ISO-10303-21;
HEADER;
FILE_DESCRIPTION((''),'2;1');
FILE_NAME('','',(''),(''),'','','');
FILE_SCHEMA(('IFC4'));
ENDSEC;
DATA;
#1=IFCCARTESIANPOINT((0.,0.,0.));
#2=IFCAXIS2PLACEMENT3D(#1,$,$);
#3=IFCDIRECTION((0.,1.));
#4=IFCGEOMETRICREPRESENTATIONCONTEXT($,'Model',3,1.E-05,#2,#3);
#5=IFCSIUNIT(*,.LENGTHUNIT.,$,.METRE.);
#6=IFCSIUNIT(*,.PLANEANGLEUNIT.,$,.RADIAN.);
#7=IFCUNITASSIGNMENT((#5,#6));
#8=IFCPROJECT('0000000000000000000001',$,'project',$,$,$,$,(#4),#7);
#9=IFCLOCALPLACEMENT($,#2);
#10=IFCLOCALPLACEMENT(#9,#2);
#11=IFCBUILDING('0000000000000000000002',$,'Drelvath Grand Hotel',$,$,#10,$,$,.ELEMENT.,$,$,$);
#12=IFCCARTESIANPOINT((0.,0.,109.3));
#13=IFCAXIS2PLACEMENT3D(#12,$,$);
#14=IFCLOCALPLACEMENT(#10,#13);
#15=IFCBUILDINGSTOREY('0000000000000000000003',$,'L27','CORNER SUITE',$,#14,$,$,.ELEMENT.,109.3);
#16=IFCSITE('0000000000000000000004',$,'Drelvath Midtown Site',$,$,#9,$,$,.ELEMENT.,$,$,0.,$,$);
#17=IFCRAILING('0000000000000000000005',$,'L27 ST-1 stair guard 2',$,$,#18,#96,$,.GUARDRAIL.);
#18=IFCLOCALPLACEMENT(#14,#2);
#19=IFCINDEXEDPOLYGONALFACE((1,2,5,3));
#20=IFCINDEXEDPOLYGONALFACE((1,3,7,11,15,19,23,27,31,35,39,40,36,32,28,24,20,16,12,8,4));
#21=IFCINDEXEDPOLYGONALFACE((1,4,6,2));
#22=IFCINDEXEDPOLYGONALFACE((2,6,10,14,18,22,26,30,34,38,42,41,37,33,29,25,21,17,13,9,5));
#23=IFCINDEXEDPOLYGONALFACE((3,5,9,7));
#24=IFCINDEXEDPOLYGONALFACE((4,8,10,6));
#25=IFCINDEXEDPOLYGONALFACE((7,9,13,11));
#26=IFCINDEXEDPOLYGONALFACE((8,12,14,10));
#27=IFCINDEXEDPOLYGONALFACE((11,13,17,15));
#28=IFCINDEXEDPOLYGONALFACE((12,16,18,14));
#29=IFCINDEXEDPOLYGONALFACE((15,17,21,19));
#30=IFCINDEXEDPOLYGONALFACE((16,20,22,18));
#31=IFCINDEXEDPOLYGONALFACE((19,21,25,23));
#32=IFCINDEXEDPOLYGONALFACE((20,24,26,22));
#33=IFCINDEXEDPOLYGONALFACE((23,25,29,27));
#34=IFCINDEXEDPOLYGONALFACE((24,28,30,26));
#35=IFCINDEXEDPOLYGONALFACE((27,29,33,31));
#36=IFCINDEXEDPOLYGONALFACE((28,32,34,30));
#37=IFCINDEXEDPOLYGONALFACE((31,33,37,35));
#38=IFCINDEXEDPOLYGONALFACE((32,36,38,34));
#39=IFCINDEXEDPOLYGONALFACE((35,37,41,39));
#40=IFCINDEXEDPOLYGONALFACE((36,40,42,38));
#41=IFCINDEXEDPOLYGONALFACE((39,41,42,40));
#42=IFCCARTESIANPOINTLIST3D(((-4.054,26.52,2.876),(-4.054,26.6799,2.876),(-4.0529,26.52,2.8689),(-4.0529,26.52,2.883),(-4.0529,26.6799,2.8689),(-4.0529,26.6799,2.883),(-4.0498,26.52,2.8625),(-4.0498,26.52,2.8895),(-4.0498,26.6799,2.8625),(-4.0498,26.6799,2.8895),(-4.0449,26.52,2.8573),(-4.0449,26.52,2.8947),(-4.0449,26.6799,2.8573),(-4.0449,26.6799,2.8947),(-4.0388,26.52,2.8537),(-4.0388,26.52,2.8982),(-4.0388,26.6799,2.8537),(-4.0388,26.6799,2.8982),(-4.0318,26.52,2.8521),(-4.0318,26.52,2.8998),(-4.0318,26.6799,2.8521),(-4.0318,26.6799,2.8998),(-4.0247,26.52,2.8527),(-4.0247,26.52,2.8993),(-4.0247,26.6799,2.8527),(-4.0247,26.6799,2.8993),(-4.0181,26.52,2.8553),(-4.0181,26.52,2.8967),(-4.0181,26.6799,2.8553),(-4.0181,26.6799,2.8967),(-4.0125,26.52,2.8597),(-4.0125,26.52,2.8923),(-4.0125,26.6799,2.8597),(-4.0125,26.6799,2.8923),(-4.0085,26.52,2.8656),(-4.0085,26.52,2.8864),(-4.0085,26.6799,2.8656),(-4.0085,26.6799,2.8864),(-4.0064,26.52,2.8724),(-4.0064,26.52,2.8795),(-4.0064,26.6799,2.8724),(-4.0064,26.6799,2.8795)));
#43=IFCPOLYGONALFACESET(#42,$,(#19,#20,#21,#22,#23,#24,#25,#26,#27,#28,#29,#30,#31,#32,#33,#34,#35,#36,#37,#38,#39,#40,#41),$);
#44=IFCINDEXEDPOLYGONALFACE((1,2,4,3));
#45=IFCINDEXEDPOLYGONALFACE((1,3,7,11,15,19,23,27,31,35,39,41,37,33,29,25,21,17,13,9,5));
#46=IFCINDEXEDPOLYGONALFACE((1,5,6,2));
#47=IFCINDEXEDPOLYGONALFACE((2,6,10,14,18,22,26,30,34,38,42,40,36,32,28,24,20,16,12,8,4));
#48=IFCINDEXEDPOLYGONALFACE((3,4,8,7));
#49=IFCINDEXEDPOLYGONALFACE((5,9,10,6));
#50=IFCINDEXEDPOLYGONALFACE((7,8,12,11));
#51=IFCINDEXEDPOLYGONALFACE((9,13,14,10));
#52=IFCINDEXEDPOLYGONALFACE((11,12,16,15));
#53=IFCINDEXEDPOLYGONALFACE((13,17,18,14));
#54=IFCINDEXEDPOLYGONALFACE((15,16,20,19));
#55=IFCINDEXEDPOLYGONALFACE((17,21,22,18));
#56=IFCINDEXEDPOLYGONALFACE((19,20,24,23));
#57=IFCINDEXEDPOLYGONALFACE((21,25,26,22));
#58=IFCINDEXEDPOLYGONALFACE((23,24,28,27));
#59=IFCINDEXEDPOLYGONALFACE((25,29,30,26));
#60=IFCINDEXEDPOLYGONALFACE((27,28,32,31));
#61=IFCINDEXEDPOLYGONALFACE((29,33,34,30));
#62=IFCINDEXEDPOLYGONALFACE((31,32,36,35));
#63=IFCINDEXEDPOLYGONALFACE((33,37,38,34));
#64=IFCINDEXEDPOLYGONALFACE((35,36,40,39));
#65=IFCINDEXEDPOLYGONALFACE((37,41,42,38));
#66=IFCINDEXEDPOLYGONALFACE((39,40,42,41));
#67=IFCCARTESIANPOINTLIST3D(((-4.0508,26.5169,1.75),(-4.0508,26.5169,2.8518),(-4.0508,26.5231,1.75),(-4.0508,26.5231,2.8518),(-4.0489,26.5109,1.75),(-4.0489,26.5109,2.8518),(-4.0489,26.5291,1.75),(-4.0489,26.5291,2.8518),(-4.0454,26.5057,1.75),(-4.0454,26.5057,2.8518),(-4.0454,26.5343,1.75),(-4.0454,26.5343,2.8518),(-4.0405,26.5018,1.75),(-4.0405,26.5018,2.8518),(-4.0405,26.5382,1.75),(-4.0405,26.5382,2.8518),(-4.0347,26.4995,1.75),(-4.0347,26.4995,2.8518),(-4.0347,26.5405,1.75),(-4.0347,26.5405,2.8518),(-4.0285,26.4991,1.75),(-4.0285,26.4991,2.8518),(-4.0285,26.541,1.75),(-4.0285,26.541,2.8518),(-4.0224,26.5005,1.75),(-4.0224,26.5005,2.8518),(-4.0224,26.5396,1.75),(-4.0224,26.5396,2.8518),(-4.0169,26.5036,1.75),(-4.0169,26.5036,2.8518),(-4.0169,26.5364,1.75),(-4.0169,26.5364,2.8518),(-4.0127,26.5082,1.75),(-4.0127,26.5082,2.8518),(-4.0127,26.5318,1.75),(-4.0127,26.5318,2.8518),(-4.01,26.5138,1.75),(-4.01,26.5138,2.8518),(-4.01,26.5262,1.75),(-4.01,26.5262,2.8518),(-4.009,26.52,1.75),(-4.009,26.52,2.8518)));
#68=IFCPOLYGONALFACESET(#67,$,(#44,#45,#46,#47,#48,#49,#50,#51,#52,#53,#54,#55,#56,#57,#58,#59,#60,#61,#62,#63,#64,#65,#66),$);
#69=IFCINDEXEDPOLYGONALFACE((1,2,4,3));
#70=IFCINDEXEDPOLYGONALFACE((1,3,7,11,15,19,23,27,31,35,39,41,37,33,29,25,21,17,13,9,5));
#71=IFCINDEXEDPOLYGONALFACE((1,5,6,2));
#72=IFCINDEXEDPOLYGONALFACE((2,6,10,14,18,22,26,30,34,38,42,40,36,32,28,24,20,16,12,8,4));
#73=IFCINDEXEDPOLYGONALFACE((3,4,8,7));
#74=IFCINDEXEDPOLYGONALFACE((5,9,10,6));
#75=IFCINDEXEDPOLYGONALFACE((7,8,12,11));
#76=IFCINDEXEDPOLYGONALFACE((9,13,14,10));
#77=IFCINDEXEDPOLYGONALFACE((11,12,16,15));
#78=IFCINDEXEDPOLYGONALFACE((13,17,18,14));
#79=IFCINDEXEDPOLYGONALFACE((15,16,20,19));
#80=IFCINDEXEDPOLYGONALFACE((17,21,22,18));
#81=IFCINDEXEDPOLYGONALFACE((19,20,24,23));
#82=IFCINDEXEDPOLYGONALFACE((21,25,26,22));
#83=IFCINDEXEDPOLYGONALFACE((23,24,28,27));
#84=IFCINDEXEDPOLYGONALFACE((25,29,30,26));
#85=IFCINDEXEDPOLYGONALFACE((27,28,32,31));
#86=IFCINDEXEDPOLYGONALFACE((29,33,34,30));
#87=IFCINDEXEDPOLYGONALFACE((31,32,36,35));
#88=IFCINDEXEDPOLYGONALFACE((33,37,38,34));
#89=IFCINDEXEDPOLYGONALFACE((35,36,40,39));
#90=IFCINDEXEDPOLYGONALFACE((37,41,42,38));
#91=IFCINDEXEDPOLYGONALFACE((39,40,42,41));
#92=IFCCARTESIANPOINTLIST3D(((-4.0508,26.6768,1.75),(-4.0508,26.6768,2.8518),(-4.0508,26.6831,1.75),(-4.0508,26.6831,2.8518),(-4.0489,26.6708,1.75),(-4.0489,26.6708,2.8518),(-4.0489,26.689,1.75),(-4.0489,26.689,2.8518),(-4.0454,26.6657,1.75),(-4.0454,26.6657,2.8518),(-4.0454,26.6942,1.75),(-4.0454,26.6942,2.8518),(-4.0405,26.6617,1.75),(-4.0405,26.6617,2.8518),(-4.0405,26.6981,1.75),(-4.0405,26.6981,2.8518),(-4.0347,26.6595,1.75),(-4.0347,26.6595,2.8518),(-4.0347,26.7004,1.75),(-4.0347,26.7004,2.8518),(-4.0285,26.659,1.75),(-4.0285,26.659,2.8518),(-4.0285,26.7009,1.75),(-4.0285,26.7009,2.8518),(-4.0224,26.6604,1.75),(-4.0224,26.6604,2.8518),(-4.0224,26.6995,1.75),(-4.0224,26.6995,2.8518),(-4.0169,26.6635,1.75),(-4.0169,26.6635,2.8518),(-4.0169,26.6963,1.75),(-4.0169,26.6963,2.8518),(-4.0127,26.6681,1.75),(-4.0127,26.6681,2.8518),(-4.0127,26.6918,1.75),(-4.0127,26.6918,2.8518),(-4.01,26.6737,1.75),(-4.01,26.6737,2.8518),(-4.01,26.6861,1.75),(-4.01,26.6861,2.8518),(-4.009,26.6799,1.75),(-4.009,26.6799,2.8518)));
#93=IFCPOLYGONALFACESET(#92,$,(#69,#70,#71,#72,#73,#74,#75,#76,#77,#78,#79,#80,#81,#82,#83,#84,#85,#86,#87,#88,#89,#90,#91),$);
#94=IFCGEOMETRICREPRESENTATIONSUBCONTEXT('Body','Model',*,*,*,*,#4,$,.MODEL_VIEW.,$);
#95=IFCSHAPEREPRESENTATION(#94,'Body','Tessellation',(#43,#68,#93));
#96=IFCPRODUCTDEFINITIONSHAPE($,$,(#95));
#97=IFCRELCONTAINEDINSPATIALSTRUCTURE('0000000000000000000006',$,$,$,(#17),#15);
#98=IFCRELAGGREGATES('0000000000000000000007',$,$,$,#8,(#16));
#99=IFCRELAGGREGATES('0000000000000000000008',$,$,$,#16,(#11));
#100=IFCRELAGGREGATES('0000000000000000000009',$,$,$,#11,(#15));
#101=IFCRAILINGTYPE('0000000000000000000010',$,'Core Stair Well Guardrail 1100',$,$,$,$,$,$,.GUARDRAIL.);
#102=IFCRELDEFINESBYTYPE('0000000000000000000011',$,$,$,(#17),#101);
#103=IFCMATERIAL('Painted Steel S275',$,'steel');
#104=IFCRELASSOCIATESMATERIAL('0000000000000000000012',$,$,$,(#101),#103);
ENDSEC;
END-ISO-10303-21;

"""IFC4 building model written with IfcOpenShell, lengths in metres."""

from ifc_helpers import new_model, si_unit, direction, frame, origin, origin_2d, place, context, subcontext, project, spatial, circle, extrude, material, type_object, element, save


model = new_model("IFC4")

# Units and contexts
model_context = context("Model", 3, precision=1e-05, world=origin(), true_north=direction((0.0, 1.0)))
body_context = subcontext(model_context, "Body", "Model", "MODEL_VIEW")
ifc_project = project(units=[si_unit("LENGTHUNIT", "METRE"), si_unit("PLANEANGLEUNIT", "RADIAN")], contexts=[model_context])

# Site, building, storey
site_placement = place(None, origin())
site = spatial("IfcSite", under=ifc_project, at=site_placement, Name="Drelvath Midtown Site", CompositionType="ELEMENT", RefElevation=0.0)
building_placement = place(site_placement, origin())
building = spatial("IfcBuilding", under=site, at=building_placement, Name="Drelvath Grand Hotel", CompositionType="ELEMENT")
storey_placement = place(building_placement, frame((0.0, 0.0, 109.3)))
storey = spatial("IfcBuildingStorey", under=building, at=storey_placement, Name="L27", Description="CORNER SUITE", CompositionType="ELEMENT", Elevation=109.3)

# Shared definitions
ifc_material_1 = material(Name="Painted Steel S275", Category="steel")

# Railing
railing_type_1 = type_object("IfcRailingType", Name="Core Stair Well Guardrail 1100", PredefinedType="GUARDRAIL", material=ifc_material_1)
railing_1_placement = place(storey_placement, frame((-4.03, 26.52, 1.75)))
element("IfcRailing", 1, at=railing_1_placement, inside=storey, type_object=railing_type_1, Name="L27 ST-1 stair guard 2", PredefinedType="GUARDRAIL", context=body_context, shape_type="SweptSolid", body=[
    extrude(circle(Radius=0.0239, at=origin_2d()), frame((0.0, 0.0, 1.126), z_axis=(0.0, 1.0, 0.0), x_axis=(-1.0, 0.0, 0.0)), (0.0, 0.0, 1.0), 0.1599),
    extrude(circle(Radius=0.021, at=origin_2d()), origin(), (0.0, 0.0, 1.0), 1.1018),
    extrude(circle(Radius=0.021, at=origin_2d()), frame((0.0, 0.1599, 0.0)), (0.0, 0.0, 1.0), 1.1018),
])

save(model, "model.ifc")
